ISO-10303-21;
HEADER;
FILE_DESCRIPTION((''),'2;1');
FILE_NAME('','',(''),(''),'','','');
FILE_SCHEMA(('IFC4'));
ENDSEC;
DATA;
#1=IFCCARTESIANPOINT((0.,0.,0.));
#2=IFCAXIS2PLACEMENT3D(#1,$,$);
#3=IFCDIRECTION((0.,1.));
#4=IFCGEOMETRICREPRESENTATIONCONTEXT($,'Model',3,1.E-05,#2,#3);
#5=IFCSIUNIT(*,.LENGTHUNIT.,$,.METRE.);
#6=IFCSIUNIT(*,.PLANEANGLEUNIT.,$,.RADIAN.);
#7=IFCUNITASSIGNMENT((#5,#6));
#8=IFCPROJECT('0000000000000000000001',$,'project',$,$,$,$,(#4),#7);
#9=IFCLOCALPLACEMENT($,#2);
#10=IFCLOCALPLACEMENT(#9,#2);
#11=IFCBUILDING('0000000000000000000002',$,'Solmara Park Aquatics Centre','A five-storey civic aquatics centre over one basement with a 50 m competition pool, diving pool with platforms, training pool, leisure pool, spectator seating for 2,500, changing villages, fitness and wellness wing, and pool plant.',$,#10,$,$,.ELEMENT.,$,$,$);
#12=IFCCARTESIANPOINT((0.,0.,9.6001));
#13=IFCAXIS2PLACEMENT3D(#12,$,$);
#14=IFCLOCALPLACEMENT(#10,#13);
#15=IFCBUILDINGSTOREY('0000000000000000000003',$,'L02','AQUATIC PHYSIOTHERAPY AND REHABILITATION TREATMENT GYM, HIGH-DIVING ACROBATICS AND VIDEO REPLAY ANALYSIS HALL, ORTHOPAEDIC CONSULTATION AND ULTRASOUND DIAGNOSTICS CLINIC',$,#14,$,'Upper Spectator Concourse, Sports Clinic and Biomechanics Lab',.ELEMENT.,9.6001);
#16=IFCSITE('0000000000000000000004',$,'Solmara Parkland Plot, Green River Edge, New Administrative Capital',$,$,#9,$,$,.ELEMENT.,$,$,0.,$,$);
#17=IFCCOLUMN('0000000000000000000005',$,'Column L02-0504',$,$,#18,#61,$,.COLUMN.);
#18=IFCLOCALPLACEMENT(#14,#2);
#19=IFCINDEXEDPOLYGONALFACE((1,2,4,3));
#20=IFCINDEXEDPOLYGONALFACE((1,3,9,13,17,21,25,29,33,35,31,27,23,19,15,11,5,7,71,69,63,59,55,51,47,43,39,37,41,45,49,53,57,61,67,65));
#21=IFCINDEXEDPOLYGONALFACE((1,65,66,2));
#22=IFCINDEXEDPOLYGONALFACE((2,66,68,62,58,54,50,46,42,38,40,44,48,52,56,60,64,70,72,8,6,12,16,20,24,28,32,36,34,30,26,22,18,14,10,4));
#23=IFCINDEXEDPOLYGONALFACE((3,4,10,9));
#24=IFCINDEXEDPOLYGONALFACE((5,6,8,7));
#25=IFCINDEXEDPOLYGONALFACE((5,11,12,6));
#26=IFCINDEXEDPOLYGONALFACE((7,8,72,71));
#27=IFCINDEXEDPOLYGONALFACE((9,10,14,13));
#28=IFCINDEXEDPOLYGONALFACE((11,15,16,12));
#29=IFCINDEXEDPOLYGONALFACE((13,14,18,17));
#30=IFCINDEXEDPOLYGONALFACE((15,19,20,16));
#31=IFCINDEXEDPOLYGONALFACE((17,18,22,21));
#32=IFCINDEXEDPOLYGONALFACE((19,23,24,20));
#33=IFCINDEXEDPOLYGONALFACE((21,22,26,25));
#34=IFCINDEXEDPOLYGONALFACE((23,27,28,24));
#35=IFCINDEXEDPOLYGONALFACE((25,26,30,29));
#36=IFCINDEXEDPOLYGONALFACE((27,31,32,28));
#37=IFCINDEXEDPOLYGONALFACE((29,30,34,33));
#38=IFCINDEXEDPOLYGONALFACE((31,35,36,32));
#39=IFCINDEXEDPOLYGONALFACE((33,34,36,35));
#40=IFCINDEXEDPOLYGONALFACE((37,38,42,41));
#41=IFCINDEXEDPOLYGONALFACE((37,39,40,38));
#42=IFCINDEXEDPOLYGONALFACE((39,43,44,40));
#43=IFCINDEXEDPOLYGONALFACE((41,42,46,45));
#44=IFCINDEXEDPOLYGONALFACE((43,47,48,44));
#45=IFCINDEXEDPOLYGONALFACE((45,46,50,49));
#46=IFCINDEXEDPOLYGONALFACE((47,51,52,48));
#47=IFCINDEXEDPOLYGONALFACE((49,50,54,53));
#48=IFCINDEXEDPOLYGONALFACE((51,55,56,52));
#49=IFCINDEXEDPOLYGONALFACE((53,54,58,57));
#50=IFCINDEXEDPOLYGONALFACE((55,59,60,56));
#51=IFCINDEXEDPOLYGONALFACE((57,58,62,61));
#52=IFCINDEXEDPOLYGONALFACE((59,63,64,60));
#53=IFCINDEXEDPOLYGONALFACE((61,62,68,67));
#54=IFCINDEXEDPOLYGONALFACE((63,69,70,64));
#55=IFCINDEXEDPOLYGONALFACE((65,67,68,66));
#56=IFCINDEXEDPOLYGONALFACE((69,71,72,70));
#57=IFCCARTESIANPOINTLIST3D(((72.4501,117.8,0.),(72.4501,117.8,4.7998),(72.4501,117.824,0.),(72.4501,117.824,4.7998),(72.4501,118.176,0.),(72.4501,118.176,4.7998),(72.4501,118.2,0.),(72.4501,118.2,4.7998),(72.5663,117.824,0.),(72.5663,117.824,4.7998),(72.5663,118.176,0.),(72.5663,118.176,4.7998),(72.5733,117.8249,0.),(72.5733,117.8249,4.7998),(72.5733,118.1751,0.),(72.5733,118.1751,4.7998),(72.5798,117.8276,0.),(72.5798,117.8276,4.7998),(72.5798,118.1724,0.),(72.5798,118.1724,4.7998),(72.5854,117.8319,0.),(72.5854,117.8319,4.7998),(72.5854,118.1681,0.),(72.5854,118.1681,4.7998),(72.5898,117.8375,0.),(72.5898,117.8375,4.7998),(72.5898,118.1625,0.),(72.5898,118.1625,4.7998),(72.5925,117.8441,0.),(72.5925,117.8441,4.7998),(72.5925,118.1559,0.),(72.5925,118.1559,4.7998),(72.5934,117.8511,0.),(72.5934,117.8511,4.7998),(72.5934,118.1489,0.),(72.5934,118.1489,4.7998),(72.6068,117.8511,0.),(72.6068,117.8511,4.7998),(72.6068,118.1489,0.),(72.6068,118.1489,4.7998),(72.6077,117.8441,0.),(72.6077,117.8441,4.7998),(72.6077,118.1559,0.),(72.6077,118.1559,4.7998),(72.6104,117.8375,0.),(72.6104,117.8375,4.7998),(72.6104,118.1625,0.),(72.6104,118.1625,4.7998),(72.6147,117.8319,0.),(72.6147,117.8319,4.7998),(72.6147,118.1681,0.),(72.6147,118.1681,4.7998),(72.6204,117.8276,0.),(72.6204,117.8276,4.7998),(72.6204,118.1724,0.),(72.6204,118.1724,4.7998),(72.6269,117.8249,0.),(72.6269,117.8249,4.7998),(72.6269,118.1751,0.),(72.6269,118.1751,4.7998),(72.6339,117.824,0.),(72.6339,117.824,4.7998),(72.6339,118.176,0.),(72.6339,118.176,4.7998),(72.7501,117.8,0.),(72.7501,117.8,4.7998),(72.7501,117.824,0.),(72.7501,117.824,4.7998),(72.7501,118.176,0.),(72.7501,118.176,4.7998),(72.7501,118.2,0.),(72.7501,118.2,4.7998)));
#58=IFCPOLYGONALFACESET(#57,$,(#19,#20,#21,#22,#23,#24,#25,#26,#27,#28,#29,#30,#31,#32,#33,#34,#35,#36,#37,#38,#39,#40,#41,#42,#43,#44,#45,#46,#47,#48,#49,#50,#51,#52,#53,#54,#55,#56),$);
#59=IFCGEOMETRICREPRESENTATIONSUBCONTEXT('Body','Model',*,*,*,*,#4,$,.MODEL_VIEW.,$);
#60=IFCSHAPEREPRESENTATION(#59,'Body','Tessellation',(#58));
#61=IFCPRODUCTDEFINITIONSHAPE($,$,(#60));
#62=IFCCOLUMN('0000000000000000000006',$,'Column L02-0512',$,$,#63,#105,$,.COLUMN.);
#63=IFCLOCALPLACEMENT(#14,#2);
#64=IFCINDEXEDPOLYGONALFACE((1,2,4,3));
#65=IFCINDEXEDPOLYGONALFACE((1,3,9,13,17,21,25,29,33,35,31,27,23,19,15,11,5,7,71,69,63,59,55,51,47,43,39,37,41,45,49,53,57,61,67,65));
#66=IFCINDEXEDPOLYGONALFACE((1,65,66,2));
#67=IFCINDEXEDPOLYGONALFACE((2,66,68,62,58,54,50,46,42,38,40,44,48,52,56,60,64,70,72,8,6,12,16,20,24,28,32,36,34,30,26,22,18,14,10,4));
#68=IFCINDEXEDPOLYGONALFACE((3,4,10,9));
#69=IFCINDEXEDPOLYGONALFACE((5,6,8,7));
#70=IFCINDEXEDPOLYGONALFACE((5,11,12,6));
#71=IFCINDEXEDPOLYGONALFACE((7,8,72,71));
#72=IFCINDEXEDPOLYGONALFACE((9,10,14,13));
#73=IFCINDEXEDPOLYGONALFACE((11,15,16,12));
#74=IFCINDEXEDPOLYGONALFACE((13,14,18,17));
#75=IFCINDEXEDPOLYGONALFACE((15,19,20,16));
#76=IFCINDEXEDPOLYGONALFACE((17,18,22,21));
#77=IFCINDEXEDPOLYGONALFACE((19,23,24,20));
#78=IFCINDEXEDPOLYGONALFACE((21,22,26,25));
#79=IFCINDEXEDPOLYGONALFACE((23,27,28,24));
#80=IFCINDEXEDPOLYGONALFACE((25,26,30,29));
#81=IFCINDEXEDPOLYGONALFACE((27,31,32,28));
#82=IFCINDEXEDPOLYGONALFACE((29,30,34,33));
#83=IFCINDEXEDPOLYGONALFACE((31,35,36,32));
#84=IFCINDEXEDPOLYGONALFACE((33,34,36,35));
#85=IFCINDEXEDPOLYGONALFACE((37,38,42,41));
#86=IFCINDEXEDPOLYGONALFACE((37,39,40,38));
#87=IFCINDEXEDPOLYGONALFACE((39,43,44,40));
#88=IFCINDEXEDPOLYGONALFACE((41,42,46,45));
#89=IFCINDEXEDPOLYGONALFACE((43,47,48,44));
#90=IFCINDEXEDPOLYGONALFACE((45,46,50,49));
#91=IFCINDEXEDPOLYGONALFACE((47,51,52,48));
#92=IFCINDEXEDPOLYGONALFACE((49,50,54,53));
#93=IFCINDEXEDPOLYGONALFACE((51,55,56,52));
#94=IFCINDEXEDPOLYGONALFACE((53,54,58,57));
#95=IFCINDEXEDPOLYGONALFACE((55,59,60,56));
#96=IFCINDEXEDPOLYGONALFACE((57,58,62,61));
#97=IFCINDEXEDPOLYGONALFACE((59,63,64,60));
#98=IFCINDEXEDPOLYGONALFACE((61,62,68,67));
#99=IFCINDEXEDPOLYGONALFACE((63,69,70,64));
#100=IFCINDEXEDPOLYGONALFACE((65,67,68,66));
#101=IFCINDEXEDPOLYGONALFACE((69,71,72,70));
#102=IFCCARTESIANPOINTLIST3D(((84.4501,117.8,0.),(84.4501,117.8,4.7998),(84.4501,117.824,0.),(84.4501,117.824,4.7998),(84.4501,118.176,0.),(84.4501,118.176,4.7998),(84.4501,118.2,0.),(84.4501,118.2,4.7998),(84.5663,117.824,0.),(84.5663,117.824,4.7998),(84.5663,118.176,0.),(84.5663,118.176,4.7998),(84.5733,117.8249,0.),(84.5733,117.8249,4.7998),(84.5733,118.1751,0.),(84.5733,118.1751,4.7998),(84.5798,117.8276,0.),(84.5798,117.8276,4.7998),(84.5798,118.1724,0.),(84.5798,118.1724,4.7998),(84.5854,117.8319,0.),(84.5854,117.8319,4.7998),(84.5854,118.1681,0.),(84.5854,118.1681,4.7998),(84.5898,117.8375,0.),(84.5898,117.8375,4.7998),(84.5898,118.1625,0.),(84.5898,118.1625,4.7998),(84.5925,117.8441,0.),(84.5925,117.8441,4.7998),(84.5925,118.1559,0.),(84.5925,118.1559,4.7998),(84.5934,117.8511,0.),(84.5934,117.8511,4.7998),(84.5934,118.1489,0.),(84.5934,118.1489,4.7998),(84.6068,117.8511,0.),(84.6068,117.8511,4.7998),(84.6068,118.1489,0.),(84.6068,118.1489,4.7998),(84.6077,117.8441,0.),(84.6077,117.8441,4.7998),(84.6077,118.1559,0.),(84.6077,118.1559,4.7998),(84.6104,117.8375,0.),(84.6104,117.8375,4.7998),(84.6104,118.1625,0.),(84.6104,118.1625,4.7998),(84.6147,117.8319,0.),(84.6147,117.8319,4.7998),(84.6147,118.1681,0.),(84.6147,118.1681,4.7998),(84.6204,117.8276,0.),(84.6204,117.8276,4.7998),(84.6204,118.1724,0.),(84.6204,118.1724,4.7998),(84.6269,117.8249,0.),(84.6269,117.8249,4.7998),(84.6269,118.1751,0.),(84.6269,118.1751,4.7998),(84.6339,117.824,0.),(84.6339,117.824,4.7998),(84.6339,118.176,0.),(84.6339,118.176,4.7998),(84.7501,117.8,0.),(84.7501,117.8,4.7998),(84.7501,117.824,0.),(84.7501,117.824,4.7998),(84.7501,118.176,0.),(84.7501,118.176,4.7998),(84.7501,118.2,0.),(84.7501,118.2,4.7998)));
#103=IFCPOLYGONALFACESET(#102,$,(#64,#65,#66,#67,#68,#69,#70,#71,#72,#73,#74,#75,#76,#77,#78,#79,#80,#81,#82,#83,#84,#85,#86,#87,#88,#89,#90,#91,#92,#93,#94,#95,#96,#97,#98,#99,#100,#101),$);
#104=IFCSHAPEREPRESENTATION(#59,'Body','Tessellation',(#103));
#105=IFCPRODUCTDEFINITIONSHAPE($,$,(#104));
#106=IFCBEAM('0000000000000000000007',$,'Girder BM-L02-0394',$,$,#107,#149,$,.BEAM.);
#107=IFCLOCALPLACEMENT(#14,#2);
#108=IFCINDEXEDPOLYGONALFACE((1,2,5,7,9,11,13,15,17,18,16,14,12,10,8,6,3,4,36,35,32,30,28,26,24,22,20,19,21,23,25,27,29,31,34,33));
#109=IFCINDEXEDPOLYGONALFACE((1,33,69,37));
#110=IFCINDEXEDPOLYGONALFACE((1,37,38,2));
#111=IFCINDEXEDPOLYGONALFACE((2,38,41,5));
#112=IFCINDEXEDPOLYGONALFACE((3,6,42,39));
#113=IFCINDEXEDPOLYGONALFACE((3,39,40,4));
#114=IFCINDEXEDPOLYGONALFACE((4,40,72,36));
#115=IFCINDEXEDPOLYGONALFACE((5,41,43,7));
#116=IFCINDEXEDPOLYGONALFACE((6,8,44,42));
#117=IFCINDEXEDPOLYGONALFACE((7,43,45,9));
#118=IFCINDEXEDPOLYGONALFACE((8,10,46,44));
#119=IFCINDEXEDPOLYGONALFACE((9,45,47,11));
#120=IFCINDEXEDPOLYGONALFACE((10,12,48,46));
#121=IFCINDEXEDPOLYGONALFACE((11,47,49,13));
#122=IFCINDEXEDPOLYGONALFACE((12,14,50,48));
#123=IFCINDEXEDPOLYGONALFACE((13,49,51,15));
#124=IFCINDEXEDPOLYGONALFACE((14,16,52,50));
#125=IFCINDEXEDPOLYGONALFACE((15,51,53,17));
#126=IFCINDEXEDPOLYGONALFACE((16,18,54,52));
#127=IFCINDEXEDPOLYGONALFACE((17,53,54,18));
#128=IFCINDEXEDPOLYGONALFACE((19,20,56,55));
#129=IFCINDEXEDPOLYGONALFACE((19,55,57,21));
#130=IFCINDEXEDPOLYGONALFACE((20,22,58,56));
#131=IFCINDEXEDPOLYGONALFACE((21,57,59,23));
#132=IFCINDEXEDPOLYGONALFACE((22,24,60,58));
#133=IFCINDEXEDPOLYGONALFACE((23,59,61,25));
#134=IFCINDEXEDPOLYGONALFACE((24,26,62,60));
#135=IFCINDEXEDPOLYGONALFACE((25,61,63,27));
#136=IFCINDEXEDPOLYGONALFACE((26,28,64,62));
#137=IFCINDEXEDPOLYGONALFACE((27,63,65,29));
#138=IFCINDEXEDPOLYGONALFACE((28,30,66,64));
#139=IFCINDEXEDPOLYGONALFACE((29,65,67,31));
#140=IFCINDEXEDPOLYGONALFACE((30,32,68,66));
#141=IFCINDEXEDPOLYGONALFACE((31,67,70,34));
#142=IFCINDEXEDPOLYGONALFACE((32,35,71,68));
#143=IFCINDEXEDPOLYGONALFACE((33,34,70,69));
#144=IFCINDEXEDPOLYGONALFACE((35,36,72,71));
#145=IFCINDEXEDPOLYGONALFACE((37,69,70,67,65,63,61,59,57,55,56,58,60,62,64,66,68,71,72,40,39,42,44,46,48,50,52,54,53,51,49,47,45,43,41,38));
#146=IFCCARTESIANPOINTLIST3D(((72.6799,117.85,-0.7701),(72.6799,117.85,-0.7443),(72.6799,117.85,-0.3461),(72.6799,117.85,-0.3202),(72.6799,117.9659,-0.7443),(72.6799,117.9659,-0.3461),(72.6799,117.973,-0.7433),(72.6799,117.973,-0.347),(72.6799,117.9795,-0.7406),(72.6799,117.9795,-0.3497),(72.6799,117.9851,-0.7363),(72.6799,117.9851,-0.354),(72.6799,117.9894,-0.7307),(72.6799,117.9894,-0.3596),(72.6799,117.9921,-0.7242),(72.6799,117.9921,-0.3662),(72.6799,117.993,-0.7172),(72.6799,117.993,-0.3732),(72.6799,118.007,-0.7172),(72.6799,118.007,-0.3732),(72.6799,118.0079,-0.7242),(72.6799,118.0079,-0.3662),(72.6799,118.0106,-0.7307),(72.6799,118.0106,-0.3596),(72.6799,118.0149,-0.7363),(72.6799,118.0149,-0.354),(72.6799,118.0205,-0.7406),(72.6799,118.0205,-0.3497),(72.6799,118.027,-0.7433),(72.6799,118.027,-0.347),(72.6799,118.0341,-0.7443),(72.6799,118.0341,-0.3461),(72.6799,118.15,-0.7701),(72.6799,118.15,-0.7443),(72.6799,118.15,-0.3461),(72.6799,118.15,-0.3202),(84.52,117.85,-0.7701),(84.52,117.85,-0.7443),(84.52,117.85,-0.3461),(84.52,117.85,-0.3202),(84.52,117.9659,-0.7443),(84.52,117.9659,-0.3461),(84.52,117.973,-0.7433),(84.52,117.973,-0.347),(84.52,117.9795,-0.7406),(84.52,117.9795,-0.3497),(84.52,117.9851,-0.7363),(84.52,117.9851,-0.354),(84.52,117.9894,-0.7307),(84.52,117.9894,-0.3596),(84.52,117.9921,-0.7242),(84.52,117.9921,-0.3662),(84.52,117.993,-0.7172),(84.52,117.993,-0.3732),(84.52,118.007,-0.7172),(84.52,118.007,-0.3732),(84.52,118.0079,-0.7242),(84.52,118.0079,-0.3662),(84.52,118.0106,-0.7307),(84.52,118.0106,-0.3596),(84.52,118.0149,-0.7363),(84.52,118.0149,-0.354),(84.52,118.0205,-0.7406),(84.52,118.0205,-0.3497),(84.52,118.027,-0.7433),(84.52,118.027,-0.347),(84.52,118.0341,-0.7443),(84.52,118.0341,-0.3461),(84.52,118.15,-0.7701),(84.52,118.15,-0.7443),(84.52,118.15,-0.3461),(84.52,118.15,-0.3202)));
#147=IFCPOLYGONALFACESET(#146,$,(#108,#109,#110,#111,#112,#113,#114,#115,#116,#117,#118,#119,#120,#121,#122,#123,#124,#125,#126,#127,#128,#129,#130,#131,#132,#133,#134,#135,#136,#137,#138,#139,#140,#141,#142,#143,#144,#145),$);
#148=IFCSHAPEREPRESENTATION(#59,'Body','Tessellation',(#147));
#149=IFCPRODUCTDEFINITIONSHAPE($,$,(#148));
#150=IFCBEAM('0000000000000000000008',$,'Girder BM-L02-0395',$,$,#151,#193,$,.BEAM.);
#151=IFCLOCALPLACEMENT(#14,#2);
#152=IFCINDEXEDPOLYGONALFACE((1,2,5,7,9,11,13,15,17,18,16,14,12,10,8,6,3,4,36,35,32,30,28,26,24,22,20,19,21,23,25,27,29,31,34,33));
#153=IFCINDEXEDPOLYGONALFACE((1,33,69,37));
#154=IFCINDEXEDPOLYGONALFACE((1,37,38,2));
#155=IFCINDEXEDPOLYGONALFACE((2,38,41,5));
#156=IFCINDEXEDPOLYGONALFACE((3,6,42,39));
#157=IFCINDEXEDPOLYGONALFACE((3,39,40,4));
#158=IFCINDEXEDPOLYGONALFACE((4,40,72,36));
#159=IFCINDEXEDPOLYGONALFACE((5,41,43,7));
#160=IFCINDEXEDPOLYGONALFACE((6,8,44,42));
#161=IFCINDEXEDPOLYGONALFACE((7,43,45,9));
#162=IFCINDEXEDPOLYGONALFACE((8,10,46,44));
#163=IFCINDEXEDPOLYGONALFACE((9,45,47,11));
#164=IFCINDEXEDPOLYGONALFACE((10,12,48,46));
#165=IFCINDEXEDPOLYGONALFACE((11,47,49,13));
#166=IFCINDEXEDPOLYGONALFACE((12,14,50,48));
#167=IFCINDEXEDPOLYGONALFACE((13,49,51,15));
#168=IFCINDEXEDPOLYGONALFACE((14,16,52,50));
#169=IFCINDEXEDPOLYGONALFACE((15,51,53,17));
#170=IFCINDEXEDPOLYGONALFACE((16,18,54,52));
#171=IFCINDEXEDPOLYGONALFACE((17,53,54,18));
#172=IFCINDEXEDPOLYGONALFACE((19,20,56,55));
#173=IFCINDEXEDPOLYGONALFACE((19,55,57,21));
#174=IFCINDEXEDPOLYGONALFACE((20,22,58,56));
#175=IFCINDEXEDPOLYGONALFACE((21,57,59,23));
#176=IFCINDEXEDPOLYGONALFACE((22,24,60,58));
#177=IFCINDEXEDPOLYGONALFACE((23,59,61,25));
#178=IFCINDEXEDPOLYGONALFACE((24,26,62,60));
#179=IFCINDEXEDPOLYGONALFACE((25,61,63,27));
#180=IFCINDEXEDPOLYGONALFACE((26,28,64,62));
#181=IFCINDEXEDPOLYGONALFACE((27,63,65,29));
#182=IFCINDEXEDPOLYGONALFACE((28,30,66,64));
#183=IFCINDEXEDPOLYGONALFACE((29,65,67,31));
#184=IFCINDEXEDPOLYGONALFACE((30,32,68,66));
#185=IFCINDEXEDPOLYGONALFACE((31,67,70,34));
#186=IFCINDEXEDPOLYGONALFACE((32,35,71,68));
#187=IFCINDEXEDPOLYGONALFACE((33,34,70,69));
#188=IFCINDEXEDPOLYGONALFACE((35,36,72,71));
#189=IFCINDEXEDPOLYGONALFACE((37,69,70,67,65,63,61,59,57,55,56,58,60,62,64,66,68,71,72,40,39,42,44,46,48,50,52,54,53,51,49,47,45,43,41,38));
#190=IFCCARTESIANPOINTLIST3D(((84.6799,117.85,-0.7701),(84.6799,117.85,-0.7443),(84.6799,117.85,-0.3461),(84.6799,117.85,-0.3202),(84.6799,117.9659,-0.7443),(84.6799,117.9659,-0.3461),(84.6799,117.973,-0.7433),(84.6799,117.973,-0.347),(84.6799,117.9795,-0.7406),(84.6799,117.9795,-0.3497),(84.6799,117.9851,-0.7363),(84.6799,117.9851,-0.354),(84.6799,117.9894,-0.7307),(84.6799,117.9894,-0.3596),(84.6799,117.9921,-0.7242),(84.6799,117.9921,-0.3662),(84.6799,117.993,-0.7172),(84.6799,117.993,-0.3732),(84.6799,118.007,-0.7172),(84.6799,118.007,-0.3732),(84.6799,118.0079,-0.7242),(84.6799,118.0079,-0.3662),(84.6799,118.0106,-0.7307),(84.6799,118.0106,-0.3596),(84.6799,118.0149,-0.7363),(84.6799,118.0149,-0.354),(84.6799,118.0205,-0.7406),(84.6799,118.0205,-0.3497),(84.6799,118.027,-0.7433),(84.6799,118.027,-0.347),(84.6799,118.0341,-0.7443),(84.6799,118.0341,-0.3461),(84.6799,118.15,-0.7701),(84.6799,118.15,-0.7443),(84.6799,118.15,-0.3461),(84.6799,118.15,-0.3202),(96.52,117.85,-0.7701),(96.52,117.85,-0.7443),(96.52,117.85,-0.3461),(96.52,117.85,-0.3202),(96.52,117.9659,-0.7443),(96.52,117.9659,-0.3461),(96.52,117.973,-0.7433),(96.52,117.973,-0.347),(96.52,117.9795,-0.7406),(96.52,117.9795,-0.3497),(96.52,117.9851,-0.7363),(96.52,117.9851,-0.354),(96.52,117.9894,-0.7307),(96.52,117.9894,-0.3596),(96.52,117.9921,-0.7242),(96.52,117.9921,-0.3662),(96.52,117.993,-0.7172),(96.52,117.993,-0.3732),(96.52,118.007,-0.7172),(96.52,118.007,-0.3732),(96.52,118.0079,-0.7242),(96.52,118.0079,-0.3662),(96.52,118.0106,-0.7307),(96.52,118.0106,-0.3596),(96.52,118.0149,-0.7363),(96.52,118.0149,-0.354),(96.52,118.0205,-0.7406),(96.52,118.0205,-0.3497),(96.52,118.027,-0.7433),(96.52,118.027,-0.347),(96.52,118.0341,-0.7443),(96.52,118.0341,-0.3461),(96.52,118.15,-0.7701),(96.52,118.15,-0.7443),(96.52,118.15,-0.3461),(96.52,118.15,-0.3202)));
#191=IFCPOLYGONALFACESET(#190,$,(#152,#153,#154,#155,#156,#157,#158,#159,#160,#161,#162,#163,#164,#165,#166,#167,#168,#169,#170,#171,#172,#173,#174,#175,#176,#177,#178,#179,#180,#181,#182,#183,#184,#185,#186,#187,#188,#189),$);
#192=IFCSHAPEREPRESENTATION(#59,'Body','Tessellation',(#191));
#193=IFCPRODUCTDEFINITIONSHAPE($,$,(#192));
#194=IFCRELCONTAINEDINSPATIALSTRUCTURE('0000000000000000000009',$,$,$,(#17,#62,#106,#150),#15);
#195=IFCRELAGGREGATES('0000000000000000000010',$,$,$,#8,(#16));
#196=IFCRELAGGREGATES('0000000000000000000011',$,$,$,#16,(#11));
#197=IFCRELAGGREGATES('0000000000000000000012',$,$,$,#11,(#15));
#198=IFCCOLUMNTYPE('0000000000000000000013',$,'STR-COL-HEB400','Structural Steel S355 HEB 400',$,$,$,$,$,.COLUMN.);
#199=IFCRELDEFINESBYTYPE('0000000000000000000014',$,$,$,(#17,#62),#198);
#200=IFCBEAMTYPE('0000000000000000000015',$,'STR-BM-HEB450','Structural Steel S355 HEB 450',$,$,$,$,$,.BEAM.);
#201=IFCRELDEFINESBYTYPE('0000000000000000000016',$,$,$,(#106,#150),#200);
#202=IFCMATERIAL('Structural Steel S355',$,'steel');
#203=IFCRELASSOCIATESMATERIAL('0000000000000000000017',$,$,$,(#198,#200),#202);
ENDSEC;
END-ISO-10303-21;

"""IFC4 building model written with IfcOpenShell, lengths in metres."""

from ifc_helpers import new_model, si_unit, direction, frame, origin, origin_2d, place, context, subcontext, project, spatial, i_section, extrude, material, material_profile, profile_set, type_object, element, save


model = new_model("IFC4")

# Units and contexts
model_context = context("Model", 3, precision=1e-05, world=origin(), true_north=direction((0.0, 1.0)))
body_context = subcontext(model_context, "Body", "Model", "MODEL_VIEW")
ifc_project = project(units=[si_unit("LENGTHUNIT", "METRE"), si_unit("PLANEANGLEUNIT", "RADIAN")], contexts=[model_context])

# Site, building, storey
site_placement = place(None, origin())
site = spatial("IfcSite", under=ifc_project, at=site_placement, Name="Solmara Parkland Plot, Green River Edge, New Administrative Capital", CompositionType="ELEMENT", RefElevation=0.0)
building_placement = place(site_placement, origin())
building = spatial("IfcBuilding", under=site, at=building_placement, Name="Solmara Park Aquatics Centre", Description="A five-storey civic aquatics centre over one basement with a 50 m competition pool, diving pool with platforms, training pool, leisure pool, spectator seating for 2,500, changing villages, fitness and wellness wing, and pool plant.", CompositionType="ELEMENT")
storey_placement = place(building_placement, frame((0.0, 0.0, 9.6001)))
storey = spatial("IfcBuildingStorey", under=building, at=storey_placement, Name="L02", Description="AQUATIC PHYSIOTHERAPY AND REHABILITATION TREATMENT GYM, HIGH-DIVING ACROBATICS AND VIDEO REPLAY ANALYSIS HALL, ORTHOPAEDIC CONSULTATION AND ULTRASOUND DIAGNOSTICS CLINIC", LongName="Upper Spectator Concourse, Sports Clinic and Biomechanics Lab", CompositionType="ELEMENT", Elevation=9.6001)

# Columns
ifc_material_1 = material(Name="Structural Steel S355", Category="steel")
ifc_material_profile_1 = material_profile(ifc_material_1, i_section(OverallWidth=0.3, OverallDepth=0.3999, WebThickness=0.0134, FlangeThickness=0.0239, FilletRadius=0.0271, at=origin_2d()), Name="HEB 400")
ifc_profile_set_1 = profile_set([ifc_material_profile_1], Name="Structural Steel S355")
column_type = type_object("IfcColumnType", Name="STR-COL-HEB400", Description="Structural Steel S355 HEB 400", PredefinedType="COLUMN", material=ifc_profile_set_1)
for number, where, z_axis, x_axis, name in (
    (1, (72.6001, 118.0, 0.0), (0.0, 0.0, 1.0), (1.0, 0.0, 0.0), "Column L02-0504"),
    (2, (84.6001, 118.0, 0.0), (0.0, 0.0, 1.0), (1.0, 0.0, 0.0), "Column L02-0512"),
):
    element("IfcColumn", number, at=place(storey_placement, frame(where, z_axis=z_axis, x_axis=x_axis)), inside=storey, type_object=column_type, Name=name, PredefinedType="COLUMN", context=body_context, shape_type="SweptSolid", body=[
        extrude(i_section(OverallWidth=0.3, OverallDepth=0.3999, WebThickness=0.0134, FlangeThickness=0.0239, FilletRadius=0.0271, at=origin_2d()), origin(), (0.0, 0.0, 1.0), 4.7998),
    ])

# Beams
ifc_material_profile_2 = material_profile(ifc_material_1, i_section(OverallWidth=0.3, OverallDepth=0.45, WebThickness=0.0139, FlangeThickness=0.0259, FilletRadius=0.0271, at=origin_2d()), Name="HEB 450")
ifc_profile_set_2 = profile_set([ifc_material_profile_2], Name="Structural Steel S355")
beam_type_1 = type_object("IfcBeamType", Name="STR-BM-HEB450", Description="Structural Steel S355 HEB 450", PredefinedType="BEAM", material=ifc_profile_set_2)
for number, where, z_axis, x_axis, name in (
    (3, (72.6799, 118.0, -0.5452), (1.0, 0.0, 0.0), (0.0, 1.0, 0.0), "Girder BM-L02-0394"),
    (4, (84.6799, 118.0, -0.5452), (1.0, 0.0, 0.0), (0.0, 1.0, 0.0), "Girder BM-L02-0395"),
):
    element("IfcBeam", number, at=place(storey_placement, frame(where, z_axis=z_axis, x_axis=x_axis)), inside=storey, type_object=beam_type_1, Name=name, PredefinedType="BEAM", context=body_context, shape_type="SweptSolid", body=[
        extrude(i_section(OverallWidth=0.3, OverallDepth=0.45, WebThickness=0.0139, FlangeThickness=0.0259, FilletRadius=0.0271, at=origin_2d()), origin(), (0.0, 0.0, 1.0), 11.8401),
    ])

save(model, "model.ifc")
